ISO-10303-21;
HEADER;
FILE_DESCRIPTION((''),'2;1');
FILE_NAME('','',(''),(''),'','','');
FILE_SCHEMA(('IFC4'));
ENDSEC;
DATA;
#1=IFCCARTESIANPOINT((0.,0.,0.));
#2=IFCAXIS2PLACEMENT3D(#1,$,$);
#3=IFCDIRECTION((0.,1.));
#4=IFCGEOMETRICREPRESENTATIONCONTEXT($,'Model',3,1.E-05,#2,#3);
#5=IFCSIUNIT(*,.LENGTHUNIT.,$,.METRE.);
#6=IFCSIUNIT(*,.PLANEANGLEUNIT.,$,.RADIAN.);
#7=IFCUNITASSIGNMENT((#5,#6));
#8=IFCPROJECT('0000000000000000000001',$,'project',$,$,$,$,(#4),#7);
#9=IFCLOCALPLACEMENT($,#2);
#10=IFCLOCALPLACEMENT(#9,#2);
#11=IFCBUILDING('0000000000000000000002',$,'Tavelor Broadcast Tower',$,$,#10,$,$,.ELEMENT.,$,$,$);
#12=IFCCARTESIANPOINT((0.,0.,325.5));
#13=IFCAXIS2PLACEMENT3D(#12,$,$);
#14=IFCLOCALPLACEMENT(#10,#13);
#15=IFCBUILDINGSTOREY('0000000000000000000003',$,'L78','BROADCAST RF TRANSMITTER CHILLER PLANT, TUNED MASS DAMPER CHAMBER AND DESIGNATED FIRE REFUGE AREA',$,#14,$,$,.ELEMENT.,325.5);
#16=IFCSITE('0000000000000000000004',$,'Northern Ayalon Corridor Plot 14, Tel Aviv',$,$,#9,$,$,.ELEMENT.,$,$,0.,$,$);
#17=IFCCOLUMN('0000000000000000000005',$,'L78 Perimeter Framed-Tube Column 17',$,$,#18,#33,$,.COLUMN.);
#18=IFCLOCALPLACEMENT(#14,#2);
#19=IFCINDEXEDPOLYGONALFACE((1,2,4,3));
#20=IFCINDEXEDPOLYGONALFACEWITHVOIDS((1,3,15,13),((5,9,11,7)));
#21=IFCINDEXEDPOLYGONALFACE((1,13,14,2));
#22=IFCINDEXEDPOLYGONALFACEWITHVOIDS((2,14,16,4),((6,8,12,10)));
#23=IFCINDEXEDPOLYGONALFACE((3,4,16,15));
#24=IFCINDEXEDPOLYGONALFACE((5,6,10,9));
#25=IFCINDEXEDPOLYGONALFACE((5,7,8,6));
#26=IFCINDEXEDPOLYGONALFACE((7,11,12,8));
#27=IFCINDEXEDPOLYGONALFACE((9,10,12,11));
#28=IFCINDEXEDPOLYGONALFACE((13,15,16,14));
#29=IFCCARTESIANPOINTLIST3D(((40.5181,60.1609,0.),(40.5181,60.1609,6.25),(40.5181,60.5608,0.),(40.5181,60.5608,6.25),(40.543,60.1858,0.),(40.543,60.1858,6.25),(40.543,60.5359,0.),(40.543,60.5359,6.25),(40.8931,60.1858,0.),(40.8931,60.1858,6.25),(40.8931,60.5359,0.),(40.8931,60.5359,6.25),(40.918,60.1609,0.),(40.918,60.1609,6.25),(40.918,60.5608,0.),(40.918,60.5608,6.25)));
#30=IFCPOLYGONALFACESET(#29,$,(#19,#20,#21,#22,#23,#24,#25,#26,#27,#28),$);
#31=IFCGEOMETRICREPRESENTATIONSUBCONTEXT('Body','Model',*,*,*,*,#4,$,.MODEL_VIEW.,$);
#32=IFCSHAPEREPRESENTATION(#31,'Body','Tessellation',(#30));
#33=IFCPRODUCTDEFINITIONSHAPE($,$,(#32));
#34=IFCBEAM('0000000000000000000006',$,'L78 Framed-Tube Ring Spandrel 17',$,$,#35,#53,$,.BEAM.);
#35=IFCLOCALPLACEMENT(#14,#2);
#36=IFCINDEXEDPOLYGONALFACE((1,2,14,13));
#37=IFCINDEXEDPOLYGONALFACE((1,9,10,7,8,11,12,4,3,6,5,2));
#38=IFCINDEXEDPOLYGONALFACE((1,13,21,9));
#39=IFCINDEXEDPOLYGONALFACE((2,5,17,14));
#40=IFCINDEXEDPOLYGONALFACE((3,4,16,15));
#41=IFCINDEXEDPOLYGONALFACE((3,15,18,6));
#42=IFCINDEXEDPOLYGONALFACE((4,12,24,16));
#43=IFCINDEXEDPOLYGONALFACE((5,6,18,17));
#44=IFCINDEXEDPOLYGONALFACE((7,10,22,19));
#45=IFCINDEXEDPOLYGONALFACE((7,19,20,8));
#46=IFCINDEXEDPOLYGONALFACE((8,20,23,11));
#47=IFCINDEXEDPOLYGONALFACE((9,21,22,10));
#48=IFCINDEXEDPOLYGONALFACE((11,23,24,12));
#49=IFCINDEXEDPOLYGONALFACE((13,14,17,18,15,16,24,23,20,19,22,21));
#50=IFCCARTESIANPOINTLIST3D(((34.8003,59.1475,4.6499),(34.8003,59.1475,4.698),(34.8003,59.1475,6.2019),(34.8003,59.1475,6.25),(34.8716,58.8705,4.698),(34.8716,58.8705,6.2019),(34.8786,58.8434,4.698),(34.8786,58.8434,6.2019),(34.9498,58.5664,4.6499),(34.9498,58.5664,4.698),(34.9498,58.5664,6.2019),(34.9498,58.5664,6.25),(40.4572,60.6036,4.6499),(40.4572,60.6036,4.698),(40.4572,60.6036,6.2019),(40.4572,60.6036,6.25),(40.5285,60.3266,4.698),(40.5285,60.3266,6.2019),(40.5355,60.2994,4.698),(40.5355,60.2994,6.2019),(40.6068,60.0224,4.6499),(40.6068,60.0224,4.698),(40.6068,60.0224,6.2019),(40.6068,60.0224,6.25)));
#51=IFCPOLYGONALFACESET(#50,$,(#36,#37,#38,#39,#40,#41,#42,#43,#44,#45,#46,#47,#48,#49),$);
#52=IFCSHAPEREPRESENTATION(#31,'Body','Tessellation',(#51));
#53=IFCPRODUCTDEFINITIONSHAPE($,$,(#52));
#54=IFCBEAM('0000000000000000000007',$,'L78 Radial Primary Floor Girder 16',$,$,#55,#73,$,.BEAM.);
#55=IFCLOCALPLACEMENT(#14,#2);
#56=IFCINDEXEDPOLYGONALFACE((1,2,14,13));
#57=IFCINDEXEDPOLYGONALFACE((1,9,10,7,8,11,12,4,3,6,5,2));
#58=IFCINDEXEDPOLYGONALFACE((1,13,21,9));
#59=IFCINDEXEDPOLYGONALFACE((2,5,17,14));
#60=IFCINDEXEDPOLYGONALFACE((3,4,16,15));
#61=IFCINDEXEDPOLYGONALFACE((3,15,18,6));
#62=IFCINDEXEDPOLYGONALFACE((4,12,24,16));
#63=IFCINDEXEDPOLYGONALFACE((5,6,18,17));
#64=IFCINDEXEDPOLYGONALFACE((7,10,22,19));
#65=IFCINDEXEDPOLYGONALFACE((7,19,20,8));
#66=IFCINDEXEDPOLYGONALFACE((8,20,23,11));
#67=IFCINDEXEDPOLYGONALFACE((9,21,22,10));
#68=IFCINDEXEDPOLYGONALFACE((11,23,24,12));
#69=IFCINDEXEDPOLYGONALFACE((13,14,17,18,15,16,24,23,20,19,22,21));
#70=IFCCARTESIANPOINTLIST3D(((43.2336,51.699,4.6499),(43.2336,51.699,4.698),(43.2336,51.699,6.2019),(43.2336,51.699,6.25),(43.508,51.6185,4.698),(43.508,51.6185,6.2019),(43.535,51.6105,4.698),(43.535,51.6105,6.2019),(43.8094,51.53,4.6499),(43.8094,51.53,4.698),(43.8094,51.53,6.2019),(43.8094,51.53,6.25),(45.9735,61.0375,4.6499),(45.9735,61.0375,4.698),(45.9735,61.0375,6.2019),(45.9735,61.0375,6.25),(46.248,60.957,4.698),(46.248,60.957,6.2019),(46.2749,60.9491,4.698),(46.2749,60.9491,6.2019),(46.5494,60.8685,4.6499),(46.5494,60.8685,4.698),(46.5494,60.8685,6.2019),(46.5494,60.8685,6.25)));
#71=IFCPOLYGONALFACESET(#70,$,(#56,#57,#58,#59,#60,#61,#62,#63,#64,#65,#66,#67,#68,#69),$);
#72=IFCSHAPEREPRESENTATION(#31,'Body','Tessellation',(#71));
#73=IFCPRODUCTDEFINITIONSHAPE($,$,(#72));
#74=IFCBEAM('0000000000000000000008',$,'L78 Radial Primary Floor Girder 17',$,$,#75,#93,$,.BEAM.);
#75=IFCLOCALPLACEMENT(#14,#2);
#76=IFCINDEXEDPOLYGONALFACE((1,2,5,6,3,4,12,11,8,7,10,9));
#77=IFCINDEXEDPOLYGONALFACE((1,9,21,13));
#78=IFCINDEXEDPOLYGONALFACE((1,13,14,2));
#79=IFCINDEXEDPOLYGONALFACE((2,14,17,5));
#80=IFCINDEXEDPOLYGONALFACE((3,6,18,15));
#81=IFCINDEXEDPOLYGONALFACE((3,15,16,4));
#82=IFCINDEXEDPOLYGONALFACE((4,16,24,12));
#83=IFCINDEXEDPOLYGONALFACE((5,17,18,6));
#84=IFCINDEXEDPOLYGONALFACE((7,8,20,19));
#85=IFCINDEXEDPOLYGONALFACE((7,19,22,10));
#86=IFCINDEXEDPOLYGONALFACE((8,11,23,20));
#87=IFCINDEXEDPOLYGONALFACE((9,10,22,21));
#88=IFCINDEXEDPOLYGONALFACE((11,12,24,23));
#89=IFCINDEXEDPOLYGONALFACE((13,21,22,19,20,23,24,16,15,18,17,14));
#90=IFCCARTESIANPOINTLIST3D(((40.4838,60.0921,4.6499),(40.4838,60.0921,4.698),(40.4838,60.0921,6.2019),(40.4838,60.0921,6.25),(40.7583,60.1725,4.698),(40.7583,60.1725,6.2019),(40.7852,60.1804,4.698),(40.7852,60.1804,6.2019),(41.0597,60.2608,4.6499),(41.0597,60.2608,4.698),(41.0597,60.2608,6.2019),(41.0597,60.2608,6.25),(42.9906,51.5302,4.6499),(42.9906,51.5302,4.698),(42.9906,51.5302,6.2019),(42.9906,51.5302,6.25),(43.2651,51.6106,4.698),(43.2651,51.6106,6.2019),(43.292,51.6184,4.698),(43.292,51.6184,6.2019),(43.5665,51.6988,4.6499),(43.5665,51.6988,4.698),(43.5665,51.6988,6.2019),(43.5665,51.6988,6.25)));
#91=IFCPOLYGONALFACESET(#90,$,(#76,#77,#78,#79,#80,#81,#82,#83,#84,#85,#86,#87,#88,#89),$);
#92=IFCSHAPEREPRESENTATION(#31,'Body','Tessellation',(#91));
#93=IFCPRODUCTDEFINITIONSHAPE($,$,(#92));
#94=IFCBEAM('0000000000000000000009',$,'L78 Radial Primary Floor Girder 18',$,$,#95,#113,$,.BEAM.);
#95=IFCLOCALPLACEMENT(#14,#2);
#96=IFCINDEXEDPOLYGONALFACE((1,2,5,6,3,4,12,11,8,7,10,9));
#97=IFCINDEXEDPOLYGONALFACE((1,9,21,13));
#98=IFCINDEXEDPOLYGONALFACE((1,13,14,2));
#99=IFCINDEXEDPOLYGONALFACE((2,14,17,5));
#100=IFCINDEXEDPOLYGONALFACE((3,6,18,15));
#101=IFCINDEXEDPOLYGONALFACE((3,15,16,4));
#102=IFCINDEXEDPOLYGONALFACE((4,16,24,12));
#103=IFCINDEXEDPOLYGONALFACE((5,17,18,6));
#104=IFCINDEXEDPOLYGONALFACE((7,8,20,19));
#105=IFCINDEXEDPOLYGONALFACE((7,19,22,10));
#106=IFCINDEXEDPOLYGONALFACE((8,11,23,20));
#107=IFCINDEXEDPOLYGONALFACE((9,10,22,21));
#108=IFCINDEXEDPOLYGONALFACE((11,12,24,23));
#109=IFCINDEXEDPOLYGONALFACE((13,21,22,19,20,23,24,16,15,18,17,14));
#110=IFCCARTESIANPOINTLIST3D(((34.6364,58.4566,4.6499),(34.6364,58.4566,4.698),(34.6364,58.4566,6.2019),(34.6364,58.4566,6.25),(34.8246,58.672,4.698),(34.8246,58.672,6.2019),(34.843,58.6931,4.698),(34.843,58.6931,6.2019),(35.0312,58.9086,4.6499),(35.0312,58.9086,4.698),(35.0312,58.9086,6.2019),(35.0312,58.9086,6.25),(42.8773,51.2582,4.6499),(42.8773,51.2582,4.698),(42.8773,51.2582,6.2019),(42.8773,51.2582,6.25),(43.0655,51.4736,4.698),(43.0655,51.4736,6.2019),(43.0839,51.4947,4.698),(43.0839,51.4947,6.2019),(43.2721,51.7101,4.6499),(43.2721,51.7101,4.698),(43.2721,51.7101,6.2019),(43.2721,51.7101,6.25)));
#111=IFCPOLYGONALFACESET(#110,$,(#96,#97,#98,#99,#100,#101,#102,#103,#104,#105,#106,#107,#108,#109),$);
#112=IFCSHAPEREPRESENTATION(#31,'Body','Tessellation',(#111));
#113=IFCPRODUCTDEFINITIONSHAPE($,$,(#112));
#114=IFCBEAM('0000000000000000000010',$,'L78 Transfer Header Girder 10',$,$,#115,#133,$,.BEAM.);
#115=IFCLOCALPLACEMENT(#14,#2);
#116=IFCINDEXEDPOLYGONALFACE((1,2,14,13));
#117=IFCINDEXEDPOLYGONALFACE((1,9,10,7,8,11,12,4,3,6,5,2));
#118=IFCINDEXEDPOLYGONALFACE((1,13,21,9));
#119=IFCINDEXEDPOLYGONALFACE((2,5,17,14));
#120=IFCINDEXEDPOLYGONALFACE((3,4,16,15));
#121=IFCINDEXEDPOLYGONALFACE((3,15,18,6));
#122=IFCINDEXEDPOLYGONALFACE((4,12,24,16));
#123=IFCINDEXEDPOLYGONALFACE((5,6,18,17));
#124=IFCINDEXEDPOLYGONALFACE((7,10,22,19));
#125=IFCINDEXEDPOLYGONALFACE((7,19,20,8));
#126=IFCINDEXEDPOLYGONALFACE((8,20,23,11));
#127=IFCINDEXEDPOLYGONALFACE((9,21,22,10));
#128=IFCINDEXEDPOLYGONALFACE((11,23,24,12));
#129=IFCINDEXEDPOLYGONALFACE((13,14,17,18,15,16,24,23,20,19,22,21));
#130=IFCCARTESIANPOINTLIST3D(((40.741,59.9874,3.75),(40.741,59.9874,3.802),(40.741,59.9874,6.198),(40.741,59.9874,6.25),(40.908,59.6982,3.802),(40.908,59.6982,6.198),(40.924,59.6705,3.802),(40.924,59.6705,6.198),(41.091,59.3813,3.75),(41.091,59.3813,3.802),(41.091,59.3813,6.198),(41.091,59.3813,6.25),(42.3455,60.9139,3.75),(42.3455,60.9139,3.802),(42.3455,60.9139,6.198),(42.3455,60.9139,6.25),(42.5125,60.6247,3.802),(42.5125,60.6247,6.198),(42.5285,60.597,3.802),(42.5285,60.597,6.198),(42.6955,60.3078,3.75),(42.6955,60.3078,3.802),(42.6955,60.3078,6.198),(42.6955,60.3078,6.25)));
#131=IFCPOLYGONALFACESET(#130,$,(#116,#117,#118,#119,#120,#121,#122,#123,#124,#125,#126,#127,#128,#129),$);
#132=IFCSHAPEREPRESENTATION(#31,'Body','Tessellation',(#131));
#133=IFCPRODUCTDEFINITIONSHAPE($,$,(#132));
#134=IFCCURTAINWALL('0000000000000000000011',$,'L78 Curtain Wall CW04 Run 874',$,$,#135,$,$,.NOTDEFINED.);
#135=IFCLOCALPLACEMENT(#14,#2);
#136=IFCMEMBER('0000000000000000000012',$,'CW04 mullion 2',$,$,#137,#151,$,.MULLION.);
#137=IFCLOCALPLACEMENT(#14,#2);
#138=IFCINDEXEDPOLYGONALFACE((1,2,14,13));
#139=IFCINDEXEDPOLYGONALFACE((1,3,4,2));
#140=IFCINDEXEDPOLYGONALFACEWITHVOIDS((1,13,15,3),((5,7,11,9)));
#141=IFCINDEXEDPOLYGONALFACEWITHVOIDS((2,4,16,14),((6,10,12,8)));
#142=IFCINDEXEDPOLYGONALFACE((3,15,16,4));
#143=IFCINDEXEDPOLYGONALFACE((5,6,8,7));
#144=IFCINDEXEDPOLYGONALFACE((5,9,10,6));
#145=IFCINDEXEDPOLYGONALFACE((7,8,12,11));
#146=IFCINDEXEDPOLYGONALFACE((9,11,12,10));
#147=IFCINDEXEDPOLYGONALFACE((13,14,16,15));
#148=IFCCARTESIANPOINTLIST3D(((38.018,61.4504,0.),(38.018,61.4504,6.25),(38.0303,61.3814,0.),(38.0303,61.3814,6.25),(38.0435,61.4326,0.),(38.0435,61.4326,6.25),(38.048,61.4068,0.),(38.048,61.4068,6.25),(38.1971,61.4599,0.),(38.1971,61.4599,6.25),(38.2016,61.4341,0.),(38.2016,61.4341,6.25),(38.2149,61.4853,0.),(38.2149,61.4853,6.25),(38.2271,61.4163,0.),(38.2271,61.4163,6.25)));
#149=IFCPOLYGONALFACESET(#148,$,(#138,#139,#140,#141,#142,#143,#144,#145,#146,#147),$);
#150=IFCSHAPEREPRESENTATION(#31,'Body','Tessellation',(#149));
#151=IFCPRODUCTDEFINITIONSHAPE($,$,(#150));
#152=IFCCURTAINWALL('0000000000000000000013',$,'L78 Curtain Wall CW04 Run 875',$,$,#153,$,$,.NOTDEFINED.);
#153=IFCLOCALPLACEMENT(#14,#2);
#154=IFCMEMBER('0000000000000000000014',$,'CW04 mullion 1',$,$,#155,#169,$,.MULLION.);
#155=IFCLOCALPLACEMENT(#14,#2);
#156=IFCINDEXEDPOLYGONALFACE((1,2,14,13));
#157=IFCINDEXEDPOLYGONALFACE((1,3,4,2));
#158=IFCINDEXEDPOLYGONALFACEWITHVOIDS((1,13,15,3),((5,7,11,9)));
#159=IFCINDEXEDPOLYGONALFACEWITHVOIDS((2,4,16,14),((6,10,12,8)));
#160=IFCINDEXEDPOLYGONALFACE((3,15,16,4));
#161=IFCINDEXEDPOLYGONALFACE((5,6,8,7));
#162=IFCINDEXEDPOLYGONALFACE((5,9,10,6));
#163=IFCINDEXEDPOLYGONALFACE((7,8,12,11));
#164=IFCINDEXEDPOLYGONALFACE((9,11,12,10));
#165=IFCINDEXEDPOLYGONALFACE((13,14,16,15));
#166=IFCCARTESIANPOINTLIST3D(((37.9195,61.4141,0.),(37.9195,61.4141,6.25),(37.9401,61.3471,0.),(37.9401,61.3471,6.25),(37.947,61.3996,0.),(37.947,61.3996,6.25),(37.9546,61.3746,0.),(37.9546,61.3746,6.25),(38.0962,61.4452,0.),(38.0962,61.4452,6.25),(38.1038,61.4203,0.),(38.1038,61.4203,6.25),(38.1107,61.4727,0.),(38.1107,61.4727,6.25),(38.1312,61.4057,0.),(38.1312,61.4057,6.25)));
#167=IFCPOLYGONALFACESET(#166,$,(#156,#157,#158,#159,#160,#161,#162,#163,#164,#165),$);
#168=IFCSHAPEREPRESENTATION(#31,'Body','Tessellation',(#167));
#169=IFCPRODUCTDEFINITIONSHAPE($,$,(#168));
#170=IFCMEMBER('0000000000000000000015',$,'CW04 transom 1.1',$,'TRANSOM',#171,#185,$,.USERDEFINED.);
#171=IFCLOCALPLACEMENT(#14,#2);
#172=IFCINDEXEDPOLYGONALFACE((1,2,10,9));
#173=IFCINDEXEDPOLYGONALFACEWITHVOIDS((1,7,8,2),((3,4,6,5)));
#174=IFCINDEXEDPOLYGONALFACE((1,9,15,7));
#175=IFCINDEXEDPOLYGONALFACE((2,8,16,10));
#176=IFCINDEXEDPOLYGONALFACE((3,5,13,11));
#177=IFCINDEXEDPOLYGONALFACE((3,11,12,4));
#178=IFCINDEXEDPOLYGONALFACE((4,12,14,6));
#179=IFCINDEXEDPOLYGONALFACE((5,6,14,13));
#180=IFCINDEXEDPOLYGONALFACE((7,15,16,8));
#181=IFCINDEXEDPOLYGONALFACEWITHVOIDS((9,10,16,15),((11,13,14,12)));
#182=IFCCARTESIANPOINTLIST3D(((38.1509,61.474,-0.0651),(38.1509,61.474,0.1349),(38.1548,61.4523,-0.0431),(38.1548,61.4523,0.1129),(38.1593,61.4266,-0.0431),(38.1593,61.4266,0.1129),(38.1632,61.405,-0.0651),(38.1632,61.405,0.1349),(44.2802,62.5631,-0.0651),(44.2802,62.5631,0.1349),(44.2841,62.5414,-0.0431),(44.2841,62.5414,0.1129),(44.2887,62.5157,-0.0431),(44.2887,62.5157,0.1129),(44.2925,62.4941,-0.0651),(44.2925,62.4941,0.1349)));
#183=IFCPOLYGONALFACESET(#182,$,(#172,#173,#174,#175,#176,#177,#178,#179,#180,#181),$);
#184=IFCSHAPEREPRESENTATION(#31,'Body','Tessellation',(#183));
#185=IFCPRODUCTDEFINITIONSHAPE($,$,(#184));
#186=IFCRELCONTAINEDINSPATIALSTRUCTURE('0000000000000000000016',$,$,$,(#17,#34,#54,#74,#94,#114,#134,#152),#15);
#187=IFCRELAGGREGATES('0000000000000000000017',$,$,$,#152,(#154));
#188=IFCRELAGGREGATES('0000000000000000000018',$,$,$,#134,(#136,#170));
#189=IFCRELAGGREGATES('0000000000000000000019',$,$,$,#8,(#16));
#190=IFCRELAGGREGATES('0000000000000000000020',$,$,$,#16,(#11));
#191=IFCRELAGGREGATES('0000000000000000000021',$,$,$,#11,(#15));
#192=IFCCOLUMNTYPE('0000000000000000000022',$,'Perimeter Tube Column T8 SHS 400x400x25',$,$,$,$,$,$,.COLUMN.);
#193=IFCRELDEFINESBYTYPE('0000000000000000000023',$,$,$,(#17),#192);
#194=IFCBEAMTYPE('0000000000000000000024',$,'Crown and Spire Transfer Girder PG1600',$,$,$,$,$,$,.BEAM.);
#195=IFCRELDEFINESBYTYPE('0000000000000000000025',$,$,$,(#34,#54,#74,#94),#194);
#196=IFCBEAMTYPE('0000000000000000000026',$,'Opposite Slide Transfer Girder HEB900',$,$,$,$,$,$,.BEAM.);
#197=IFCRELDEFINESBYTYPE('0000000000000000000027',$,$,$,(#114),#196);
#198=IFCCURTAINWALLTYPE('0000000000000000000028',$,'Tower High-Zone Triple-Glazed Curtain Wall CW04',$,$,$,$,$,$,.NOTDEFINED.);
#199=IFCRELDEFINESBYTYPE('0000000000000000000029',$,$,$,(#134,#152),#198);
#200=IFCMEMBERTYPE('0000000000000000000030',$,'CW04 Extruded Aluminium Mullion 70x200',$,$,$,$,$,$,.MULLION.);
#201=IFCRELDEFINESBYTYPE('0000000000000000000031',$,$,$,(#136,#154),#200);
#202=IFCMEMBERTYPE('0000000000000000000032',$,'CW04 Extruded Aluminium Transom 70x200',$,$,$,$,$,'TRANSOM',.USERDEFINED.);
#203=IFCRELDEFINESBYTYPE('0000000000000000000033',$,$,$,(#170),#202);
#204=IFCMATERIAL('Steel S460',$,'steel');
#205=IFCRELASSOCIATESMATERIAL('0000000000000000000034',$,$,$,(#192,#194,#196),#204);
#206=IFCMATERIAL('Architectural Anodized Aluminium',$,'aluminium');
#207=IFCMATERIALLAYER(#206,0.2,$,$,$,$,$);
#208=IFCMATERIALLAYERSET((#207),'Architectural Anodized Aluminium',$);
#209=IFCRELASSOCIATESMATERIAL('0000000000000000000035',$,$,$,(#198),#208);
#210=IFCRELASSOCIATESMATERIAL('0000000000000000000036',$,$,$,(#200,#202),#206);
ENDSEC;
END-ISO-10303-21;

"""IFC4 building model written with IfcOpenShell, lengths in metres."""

from ifc_helpers import new_model, si_unit, direction, frame, origin, origin_2d, place, context, subcontext, project, spatial, hollow_rectangle, i_section, extrude, source, transform, mapped, material, layer, layer_set, material_profile, profile_set, type_object, type_shapes, element, aggregate, save


model = new_model("IFC4")

# Units and contexts
model_context = context("Model", 3, precision=1e-05, world=origin(), true_north=direction((0.0, 1.0)))
body_context = subcontext(model_context, "Body", "Model", "MODEL_VIEW")
ifc_project = project(units=[si_unit("LENGTHUNIT", "METRE"), si_unit("PLANEANGLEUNIT", "RADIAN")], contexts=[model_context])

# Site, building, storey
site_placement = place(None, origin())
site = spatial("IfcSite", under=ifc_project, at=site_placement, Name="Northern Ayalon Corridor Plot 14, Tel Aviv", CompositionType="ELEMENT", RefElevation=0.0)
building_placement = place(site_placement, origin())
building = spatial("IfcBuilding", under=site, at=building_placement, Name="Tavelor Broadcast Tower", CompositionType="ELEMENT")
storey_placement = place(building_placement, frame((0.0, 0.0, 325.5)))
storey = spatial("IfcBuildingStorey", under=building, at=storey_placement, Name="L78", Description="BROADCAST RF TRANSMITTER CHILLER PLANT, TUNED MASS DAMPER CHAMBER AND DESIGNATED FIRE REFUGE AREA", CompositionType="ELEMENT", Elevation=325.5)

# Column
ifc_material_1 = material(Name="Steel S460", Category="steel")
ifc_material_profile_1 = material_profile(ifc_material_1, hollow_rectangle(XDim=0.3999, YDim=0.3999, WallThickness=0.0249, at=origin_2d()), Name="SHS 400x400x25")
ifc_profile_set_1 = profile_set([ifc_material_profile_1], Name="Steel S460")
column_type = type_object("IfcColumnType", Name="Perimeter Tube Column T8 SHS 400x400x25", PredefinedType="COLUMN", material=ifc_profile_set_1)
column_placement = place(storey_placement, frame((40.718, 60.3608, 0.0), z_axis=(0.0, 0.0, 1.0), x_axis=(1.0, 0.0, 0.0)))
element("IfcColumn", 1, at=column_placement, inside=storey, type_object=column_type, Name="L78 Perimeter Framed-Tube Column 17", PredefinedType="COLUMN", context=body_context, shape_type="SweptSolid", body=[
    extrude(hollow_rectangle(XDim=0.3999, YDim=0.3999, WallThickness=0.0249, at=origin_2d()), origin(), (0.0, 0.0, 1.0), 6.25),
])

# Beams
ifc_material_profile_2 = material_profile(ifc_material_1, i_section(OverallWidth=0.6001, OverallDepth=1.6001, WebThickness=0.0281, FlangeThickness=0.0481, at=origin_2d()), Name="PG 1600x600")
ifc_profile_set_2 = profile_set([ifc_material_profile_2], Name="Steel S460")
beam_type_1 = type_object("IfcBeamType", Name="Crown and Spire Transfer Girder PG1600", PredefinedType="BEAM", material=ifc_profile_set_2)
beam_1_placement = place(storey_placement, frame((40.532, 60.313, 5.45), z_axis=(-0.968435, -0.249266, 0.0), x_axis=(0.249266, -0.968435, 0.0)))
element("IfcBeam", 2, at=beam_1_placement, inside=storey, type_object=beam_type_1, Name="L78 Framed-Tube Ring Spandrel 17", PredefinedType="BEAM", context=body_context, shape_type="SweptSolid", body=[
    extrude(i_section(OverallWidth=0.6001, OverallDepth=1.6001, WebThickness=0.0281, FlangeThickness=0.0481, at=origin_2d()), origin(), (0.0, 0.0, 1.0), 5.8413),
])
beam_2_placement = place(storey_placement, frame((43.5215, 51.6145, 5.45), z_axis=(0.281536, 0.959551, 0.0), x_axis=(-0.959551, 0.281536, 0.0)))
element("IfcBeam", 3, at=beam_2_placement, inside=storey, type_object=beam_type_1, Name="L78 Radial Primary Floor Girder 16", PredefinedType="BEAM", context=body_context, shape_type="SweptSolid", body=[
    extrude(i_section(OverallWidth=0.6001, OverallDepth=1.6001, WebThickness=0.0281, FlangeThickness=0.0481, at=origin_2d()), origin(), (0.0, 0.0, 1.0), 9.7322),
])
beam_3_placement = place(storey_placement, frame((43.2786, 51.6145, 5.45), z_axis=(-0.28099, 0.959711, 0.0), x_axis=(-0.959711, -0.28099, 0.0)))
element("IfcBeam", 4, at=beam_3_placement, inside=storey, type_object=beam_type_1, Name="L78 Radial Primary Floor Girder 17", PredefinedType="BEAM", context=body_context, shape_type="SweptSolid", body=[
    extrude(i_section(OverallWidth=0.6001, OverallDepth=1.6001, WebThickness=0.0281, FlangeThickness=0.0481, at=origin_2d()), origin(), (0.0, 0.0, 1.0), 8.9214),
])
beam_4_placement = place(storey_placement, frame((43.0747, 51.4841, 5.45), z_axis=(-0.753136, 0.657865, 0.0), x_axis=(-0.657865, -0.753136, 0.0)))
element("IfcBeam", 5, at=beam_4_placement, inside=storey, type_object=beam_type_1, Name="L78 Radial Primary Floor Girder 18", PredefinedType="BEAM", context=body_context, shape_type="SweptSolid", body=[
    extrude(i_section(OverallWidth=0.6001, OverallDepth=1.6001, WebThickness=0.0281, FlangeThickness=0.0481, at=origin_2d()), origin(), (0.0, 0.0, 1.0), 10.9421),
])
ifc_material_profile_3 = material_profile(ifc_material_1, i_section(OverallWidth=0.7, OverallDepth=2.5, WebThickness=0.032, FlangeThickness=0.052, at=origin_2d()), Name="PG 2500x700")
ifc_profile_set_3 = profile_set([ifc_material_profile_3], Name="Steel S460")
beam_type_2 = type_object("IfcBeamType", Name="Opposite Slide Transfer Girder HEB900", PredefinedType="BEAM", material=ifc_profile_set_3)
beam_5_placement = place(storey_placement, frame((40.916, 59.6843, 5.0), z_axis=(0.865988, 0.500065, 0.0), x_axis=(-0.500065, 0.865988, 0.0)))
element("IfcBeam", 6, at=beam_5_placement, inside=storey, type_object=beam_type_2, Name="L78 Transfer Header Girder 10", PredefinedType="BEAM", context=body_context, shape_type="SweptSolid", body=[
    extrude(i_section(OverallWidth=0.7, OverallDepth=2.5, WebThickness=0.032, FlangeThickness=0.052, at=origin_2d()), origin(), (0.0, 0.0, 1.0), 1.8528),
])

# Curtain walls, members
ifc_material_2 = material(Name="Architectural Anodized Aluminium", Category="aluminium")
ifc_layer_1 = layer(ifc_material_2, 0.2)
ifc_layer_set_1 = layer_set([ifc_layer_1], Name="Architectural Anodized Aluminium")
curtain_wall_type = type_object("IfcCurtainWallType", Name="Tower High-Zone Triple-Glazed Curtain Wall CW04", PredefinedType="NOTDEFINED", material=ifc_layer_set_1)
curtain_wall_1_placement = place(storey_placement, origin())
curtain_wall_1 = element("IfcCurtainWall", 7, at=curtain_wall_1_placement, inside=storey, type_object=curtain_wall_type, Name="L78 Curtain Wall CW04 Run 874", PredefinedType="NOTDEFINED")
ifc_material_profile_4 = material_profile(ifc_material_2, hollow_rectangle(XDim=0.0701, YDim=0.2, WallThickness=0.022, at=origin_2d()), Name="RHS 70x200x22")
ifc_profile_set_4 = profile_set([ifc_material_profile_4], Name="Architectural Anodized Aluminium")
member_type_1 = type_object("IfcMemberType", Name="CW04 Extruded Aluminium Mullion 70x200", PredefinedType="MULLION", material=ifc_profile_set_4)
shared_shape_1 = source(origin(), body_context, "Body", "SweptSolid", [
    extrude(hollow_rectangle(XDim=0.0701, YDim=0.2, WallThickness=0.022, at=origin_2d()), origin(), (0.0, 0.0, 1.0), 6.25),
])
type_shapes(member_type_1, [shared_shape_1])
member_1_placement = place(storey_placement, frame((38.1226, 61.4333, 0.0), z_axis=(0.0, 0.0, 1.0), x_axis=(0.174926, -0.984582, 0.0)))
member_1 = element("IfcMember", 8, at=member_1_placement, type_object=member_type_1, Name="CW04 mullion 2", PredefinedType="MULLION", context=body_context, shape_type="MappedRepresentation", body=[
    mapped(shared_shape_1, transform((0.0, 0.0, 0.0), scale=1.0)),
])
curtain_wall_2_placement = place(storey_placement, origin())
curtain_wall_2 = element("IfcCurtainWall", 9, at=curtain_wall_2_placement, inside=storey, type_object=curtain_wall_type, Name="L78 Curtain Wall CW04 Run 875", PredefinedType="NOTDEFINED")
member_2_placement = place(storey_placement, frame((38.0254, 61.4099, 0.0), z_axis=(0.0, 0.0, 1.0), x_axis=(0.292813, -0.95617, 0.0)))
member_2 = element("IfcMember", 10, at=member_2_placement, type_object=member_type_1, Name="CW04 mullion 1", PredefinedType="MULLION", context=body_context, shape_type="MappedRepresentation", body=[
    mapped(shared_shape_1, transform((0.0, 0.0, 0.0), scale=1.0)),
])

# Member
ifc_material_profile_5 = material_profile(ifc_material_2, hollow_rectangle(XDim=0.0701, YDim=0.2, WallThickness=0.022, at=origin_2d()), Name="RHS 70x200x22")
ifc_profile_set_5 = profile_set([ifc_material_profile_5], Name="Architectural Anodized Aluminium")
member_type_2 = type_object("IfcMemberType", Name="CW04 Extruded Aluminium Transom 70x200", ElementType="TRANSOM", PredefinedType="USERDEFINED", material=ifc_profile_set_5)
shared_shape_2 = source(origin(), body_context, "Body", "SweptSolid", [
    extrude(hollow_rectangle(XDim=0.0701, YDim=0.2, WallThickness=0.022, at=origin_2d()), origin(), (0.0, 0.0, 1.0), 6.2253),
])
type_shapes(member_type_2, [shared_shape_2])
member_3_placement = place(storey_placement, frame((44.2864, 62.5286, 0.0349), z_axis=(-0.984578, -0.174946, 0.0), x_axis=(0.174946, -0.984578, 0.0)))
member_3 = element("IfcMember", 11, at=member_3_placement, type_object=member_type_2, Name="CW04 transom 1.1", ObjectType="TRANSOM", PredefinedType="USERDEFINED", context=body_context, shape_type="MappedRepresentation", body=[
    mapped(shared_shape_2, transform((0.0, 0.0, 0.0), scale=1.0)),
])
aggregate(curtain_wall_2, [member_2])

aggregate(curtain_wall_1, [member_1, member_3])

save(model, "model.ifc")
